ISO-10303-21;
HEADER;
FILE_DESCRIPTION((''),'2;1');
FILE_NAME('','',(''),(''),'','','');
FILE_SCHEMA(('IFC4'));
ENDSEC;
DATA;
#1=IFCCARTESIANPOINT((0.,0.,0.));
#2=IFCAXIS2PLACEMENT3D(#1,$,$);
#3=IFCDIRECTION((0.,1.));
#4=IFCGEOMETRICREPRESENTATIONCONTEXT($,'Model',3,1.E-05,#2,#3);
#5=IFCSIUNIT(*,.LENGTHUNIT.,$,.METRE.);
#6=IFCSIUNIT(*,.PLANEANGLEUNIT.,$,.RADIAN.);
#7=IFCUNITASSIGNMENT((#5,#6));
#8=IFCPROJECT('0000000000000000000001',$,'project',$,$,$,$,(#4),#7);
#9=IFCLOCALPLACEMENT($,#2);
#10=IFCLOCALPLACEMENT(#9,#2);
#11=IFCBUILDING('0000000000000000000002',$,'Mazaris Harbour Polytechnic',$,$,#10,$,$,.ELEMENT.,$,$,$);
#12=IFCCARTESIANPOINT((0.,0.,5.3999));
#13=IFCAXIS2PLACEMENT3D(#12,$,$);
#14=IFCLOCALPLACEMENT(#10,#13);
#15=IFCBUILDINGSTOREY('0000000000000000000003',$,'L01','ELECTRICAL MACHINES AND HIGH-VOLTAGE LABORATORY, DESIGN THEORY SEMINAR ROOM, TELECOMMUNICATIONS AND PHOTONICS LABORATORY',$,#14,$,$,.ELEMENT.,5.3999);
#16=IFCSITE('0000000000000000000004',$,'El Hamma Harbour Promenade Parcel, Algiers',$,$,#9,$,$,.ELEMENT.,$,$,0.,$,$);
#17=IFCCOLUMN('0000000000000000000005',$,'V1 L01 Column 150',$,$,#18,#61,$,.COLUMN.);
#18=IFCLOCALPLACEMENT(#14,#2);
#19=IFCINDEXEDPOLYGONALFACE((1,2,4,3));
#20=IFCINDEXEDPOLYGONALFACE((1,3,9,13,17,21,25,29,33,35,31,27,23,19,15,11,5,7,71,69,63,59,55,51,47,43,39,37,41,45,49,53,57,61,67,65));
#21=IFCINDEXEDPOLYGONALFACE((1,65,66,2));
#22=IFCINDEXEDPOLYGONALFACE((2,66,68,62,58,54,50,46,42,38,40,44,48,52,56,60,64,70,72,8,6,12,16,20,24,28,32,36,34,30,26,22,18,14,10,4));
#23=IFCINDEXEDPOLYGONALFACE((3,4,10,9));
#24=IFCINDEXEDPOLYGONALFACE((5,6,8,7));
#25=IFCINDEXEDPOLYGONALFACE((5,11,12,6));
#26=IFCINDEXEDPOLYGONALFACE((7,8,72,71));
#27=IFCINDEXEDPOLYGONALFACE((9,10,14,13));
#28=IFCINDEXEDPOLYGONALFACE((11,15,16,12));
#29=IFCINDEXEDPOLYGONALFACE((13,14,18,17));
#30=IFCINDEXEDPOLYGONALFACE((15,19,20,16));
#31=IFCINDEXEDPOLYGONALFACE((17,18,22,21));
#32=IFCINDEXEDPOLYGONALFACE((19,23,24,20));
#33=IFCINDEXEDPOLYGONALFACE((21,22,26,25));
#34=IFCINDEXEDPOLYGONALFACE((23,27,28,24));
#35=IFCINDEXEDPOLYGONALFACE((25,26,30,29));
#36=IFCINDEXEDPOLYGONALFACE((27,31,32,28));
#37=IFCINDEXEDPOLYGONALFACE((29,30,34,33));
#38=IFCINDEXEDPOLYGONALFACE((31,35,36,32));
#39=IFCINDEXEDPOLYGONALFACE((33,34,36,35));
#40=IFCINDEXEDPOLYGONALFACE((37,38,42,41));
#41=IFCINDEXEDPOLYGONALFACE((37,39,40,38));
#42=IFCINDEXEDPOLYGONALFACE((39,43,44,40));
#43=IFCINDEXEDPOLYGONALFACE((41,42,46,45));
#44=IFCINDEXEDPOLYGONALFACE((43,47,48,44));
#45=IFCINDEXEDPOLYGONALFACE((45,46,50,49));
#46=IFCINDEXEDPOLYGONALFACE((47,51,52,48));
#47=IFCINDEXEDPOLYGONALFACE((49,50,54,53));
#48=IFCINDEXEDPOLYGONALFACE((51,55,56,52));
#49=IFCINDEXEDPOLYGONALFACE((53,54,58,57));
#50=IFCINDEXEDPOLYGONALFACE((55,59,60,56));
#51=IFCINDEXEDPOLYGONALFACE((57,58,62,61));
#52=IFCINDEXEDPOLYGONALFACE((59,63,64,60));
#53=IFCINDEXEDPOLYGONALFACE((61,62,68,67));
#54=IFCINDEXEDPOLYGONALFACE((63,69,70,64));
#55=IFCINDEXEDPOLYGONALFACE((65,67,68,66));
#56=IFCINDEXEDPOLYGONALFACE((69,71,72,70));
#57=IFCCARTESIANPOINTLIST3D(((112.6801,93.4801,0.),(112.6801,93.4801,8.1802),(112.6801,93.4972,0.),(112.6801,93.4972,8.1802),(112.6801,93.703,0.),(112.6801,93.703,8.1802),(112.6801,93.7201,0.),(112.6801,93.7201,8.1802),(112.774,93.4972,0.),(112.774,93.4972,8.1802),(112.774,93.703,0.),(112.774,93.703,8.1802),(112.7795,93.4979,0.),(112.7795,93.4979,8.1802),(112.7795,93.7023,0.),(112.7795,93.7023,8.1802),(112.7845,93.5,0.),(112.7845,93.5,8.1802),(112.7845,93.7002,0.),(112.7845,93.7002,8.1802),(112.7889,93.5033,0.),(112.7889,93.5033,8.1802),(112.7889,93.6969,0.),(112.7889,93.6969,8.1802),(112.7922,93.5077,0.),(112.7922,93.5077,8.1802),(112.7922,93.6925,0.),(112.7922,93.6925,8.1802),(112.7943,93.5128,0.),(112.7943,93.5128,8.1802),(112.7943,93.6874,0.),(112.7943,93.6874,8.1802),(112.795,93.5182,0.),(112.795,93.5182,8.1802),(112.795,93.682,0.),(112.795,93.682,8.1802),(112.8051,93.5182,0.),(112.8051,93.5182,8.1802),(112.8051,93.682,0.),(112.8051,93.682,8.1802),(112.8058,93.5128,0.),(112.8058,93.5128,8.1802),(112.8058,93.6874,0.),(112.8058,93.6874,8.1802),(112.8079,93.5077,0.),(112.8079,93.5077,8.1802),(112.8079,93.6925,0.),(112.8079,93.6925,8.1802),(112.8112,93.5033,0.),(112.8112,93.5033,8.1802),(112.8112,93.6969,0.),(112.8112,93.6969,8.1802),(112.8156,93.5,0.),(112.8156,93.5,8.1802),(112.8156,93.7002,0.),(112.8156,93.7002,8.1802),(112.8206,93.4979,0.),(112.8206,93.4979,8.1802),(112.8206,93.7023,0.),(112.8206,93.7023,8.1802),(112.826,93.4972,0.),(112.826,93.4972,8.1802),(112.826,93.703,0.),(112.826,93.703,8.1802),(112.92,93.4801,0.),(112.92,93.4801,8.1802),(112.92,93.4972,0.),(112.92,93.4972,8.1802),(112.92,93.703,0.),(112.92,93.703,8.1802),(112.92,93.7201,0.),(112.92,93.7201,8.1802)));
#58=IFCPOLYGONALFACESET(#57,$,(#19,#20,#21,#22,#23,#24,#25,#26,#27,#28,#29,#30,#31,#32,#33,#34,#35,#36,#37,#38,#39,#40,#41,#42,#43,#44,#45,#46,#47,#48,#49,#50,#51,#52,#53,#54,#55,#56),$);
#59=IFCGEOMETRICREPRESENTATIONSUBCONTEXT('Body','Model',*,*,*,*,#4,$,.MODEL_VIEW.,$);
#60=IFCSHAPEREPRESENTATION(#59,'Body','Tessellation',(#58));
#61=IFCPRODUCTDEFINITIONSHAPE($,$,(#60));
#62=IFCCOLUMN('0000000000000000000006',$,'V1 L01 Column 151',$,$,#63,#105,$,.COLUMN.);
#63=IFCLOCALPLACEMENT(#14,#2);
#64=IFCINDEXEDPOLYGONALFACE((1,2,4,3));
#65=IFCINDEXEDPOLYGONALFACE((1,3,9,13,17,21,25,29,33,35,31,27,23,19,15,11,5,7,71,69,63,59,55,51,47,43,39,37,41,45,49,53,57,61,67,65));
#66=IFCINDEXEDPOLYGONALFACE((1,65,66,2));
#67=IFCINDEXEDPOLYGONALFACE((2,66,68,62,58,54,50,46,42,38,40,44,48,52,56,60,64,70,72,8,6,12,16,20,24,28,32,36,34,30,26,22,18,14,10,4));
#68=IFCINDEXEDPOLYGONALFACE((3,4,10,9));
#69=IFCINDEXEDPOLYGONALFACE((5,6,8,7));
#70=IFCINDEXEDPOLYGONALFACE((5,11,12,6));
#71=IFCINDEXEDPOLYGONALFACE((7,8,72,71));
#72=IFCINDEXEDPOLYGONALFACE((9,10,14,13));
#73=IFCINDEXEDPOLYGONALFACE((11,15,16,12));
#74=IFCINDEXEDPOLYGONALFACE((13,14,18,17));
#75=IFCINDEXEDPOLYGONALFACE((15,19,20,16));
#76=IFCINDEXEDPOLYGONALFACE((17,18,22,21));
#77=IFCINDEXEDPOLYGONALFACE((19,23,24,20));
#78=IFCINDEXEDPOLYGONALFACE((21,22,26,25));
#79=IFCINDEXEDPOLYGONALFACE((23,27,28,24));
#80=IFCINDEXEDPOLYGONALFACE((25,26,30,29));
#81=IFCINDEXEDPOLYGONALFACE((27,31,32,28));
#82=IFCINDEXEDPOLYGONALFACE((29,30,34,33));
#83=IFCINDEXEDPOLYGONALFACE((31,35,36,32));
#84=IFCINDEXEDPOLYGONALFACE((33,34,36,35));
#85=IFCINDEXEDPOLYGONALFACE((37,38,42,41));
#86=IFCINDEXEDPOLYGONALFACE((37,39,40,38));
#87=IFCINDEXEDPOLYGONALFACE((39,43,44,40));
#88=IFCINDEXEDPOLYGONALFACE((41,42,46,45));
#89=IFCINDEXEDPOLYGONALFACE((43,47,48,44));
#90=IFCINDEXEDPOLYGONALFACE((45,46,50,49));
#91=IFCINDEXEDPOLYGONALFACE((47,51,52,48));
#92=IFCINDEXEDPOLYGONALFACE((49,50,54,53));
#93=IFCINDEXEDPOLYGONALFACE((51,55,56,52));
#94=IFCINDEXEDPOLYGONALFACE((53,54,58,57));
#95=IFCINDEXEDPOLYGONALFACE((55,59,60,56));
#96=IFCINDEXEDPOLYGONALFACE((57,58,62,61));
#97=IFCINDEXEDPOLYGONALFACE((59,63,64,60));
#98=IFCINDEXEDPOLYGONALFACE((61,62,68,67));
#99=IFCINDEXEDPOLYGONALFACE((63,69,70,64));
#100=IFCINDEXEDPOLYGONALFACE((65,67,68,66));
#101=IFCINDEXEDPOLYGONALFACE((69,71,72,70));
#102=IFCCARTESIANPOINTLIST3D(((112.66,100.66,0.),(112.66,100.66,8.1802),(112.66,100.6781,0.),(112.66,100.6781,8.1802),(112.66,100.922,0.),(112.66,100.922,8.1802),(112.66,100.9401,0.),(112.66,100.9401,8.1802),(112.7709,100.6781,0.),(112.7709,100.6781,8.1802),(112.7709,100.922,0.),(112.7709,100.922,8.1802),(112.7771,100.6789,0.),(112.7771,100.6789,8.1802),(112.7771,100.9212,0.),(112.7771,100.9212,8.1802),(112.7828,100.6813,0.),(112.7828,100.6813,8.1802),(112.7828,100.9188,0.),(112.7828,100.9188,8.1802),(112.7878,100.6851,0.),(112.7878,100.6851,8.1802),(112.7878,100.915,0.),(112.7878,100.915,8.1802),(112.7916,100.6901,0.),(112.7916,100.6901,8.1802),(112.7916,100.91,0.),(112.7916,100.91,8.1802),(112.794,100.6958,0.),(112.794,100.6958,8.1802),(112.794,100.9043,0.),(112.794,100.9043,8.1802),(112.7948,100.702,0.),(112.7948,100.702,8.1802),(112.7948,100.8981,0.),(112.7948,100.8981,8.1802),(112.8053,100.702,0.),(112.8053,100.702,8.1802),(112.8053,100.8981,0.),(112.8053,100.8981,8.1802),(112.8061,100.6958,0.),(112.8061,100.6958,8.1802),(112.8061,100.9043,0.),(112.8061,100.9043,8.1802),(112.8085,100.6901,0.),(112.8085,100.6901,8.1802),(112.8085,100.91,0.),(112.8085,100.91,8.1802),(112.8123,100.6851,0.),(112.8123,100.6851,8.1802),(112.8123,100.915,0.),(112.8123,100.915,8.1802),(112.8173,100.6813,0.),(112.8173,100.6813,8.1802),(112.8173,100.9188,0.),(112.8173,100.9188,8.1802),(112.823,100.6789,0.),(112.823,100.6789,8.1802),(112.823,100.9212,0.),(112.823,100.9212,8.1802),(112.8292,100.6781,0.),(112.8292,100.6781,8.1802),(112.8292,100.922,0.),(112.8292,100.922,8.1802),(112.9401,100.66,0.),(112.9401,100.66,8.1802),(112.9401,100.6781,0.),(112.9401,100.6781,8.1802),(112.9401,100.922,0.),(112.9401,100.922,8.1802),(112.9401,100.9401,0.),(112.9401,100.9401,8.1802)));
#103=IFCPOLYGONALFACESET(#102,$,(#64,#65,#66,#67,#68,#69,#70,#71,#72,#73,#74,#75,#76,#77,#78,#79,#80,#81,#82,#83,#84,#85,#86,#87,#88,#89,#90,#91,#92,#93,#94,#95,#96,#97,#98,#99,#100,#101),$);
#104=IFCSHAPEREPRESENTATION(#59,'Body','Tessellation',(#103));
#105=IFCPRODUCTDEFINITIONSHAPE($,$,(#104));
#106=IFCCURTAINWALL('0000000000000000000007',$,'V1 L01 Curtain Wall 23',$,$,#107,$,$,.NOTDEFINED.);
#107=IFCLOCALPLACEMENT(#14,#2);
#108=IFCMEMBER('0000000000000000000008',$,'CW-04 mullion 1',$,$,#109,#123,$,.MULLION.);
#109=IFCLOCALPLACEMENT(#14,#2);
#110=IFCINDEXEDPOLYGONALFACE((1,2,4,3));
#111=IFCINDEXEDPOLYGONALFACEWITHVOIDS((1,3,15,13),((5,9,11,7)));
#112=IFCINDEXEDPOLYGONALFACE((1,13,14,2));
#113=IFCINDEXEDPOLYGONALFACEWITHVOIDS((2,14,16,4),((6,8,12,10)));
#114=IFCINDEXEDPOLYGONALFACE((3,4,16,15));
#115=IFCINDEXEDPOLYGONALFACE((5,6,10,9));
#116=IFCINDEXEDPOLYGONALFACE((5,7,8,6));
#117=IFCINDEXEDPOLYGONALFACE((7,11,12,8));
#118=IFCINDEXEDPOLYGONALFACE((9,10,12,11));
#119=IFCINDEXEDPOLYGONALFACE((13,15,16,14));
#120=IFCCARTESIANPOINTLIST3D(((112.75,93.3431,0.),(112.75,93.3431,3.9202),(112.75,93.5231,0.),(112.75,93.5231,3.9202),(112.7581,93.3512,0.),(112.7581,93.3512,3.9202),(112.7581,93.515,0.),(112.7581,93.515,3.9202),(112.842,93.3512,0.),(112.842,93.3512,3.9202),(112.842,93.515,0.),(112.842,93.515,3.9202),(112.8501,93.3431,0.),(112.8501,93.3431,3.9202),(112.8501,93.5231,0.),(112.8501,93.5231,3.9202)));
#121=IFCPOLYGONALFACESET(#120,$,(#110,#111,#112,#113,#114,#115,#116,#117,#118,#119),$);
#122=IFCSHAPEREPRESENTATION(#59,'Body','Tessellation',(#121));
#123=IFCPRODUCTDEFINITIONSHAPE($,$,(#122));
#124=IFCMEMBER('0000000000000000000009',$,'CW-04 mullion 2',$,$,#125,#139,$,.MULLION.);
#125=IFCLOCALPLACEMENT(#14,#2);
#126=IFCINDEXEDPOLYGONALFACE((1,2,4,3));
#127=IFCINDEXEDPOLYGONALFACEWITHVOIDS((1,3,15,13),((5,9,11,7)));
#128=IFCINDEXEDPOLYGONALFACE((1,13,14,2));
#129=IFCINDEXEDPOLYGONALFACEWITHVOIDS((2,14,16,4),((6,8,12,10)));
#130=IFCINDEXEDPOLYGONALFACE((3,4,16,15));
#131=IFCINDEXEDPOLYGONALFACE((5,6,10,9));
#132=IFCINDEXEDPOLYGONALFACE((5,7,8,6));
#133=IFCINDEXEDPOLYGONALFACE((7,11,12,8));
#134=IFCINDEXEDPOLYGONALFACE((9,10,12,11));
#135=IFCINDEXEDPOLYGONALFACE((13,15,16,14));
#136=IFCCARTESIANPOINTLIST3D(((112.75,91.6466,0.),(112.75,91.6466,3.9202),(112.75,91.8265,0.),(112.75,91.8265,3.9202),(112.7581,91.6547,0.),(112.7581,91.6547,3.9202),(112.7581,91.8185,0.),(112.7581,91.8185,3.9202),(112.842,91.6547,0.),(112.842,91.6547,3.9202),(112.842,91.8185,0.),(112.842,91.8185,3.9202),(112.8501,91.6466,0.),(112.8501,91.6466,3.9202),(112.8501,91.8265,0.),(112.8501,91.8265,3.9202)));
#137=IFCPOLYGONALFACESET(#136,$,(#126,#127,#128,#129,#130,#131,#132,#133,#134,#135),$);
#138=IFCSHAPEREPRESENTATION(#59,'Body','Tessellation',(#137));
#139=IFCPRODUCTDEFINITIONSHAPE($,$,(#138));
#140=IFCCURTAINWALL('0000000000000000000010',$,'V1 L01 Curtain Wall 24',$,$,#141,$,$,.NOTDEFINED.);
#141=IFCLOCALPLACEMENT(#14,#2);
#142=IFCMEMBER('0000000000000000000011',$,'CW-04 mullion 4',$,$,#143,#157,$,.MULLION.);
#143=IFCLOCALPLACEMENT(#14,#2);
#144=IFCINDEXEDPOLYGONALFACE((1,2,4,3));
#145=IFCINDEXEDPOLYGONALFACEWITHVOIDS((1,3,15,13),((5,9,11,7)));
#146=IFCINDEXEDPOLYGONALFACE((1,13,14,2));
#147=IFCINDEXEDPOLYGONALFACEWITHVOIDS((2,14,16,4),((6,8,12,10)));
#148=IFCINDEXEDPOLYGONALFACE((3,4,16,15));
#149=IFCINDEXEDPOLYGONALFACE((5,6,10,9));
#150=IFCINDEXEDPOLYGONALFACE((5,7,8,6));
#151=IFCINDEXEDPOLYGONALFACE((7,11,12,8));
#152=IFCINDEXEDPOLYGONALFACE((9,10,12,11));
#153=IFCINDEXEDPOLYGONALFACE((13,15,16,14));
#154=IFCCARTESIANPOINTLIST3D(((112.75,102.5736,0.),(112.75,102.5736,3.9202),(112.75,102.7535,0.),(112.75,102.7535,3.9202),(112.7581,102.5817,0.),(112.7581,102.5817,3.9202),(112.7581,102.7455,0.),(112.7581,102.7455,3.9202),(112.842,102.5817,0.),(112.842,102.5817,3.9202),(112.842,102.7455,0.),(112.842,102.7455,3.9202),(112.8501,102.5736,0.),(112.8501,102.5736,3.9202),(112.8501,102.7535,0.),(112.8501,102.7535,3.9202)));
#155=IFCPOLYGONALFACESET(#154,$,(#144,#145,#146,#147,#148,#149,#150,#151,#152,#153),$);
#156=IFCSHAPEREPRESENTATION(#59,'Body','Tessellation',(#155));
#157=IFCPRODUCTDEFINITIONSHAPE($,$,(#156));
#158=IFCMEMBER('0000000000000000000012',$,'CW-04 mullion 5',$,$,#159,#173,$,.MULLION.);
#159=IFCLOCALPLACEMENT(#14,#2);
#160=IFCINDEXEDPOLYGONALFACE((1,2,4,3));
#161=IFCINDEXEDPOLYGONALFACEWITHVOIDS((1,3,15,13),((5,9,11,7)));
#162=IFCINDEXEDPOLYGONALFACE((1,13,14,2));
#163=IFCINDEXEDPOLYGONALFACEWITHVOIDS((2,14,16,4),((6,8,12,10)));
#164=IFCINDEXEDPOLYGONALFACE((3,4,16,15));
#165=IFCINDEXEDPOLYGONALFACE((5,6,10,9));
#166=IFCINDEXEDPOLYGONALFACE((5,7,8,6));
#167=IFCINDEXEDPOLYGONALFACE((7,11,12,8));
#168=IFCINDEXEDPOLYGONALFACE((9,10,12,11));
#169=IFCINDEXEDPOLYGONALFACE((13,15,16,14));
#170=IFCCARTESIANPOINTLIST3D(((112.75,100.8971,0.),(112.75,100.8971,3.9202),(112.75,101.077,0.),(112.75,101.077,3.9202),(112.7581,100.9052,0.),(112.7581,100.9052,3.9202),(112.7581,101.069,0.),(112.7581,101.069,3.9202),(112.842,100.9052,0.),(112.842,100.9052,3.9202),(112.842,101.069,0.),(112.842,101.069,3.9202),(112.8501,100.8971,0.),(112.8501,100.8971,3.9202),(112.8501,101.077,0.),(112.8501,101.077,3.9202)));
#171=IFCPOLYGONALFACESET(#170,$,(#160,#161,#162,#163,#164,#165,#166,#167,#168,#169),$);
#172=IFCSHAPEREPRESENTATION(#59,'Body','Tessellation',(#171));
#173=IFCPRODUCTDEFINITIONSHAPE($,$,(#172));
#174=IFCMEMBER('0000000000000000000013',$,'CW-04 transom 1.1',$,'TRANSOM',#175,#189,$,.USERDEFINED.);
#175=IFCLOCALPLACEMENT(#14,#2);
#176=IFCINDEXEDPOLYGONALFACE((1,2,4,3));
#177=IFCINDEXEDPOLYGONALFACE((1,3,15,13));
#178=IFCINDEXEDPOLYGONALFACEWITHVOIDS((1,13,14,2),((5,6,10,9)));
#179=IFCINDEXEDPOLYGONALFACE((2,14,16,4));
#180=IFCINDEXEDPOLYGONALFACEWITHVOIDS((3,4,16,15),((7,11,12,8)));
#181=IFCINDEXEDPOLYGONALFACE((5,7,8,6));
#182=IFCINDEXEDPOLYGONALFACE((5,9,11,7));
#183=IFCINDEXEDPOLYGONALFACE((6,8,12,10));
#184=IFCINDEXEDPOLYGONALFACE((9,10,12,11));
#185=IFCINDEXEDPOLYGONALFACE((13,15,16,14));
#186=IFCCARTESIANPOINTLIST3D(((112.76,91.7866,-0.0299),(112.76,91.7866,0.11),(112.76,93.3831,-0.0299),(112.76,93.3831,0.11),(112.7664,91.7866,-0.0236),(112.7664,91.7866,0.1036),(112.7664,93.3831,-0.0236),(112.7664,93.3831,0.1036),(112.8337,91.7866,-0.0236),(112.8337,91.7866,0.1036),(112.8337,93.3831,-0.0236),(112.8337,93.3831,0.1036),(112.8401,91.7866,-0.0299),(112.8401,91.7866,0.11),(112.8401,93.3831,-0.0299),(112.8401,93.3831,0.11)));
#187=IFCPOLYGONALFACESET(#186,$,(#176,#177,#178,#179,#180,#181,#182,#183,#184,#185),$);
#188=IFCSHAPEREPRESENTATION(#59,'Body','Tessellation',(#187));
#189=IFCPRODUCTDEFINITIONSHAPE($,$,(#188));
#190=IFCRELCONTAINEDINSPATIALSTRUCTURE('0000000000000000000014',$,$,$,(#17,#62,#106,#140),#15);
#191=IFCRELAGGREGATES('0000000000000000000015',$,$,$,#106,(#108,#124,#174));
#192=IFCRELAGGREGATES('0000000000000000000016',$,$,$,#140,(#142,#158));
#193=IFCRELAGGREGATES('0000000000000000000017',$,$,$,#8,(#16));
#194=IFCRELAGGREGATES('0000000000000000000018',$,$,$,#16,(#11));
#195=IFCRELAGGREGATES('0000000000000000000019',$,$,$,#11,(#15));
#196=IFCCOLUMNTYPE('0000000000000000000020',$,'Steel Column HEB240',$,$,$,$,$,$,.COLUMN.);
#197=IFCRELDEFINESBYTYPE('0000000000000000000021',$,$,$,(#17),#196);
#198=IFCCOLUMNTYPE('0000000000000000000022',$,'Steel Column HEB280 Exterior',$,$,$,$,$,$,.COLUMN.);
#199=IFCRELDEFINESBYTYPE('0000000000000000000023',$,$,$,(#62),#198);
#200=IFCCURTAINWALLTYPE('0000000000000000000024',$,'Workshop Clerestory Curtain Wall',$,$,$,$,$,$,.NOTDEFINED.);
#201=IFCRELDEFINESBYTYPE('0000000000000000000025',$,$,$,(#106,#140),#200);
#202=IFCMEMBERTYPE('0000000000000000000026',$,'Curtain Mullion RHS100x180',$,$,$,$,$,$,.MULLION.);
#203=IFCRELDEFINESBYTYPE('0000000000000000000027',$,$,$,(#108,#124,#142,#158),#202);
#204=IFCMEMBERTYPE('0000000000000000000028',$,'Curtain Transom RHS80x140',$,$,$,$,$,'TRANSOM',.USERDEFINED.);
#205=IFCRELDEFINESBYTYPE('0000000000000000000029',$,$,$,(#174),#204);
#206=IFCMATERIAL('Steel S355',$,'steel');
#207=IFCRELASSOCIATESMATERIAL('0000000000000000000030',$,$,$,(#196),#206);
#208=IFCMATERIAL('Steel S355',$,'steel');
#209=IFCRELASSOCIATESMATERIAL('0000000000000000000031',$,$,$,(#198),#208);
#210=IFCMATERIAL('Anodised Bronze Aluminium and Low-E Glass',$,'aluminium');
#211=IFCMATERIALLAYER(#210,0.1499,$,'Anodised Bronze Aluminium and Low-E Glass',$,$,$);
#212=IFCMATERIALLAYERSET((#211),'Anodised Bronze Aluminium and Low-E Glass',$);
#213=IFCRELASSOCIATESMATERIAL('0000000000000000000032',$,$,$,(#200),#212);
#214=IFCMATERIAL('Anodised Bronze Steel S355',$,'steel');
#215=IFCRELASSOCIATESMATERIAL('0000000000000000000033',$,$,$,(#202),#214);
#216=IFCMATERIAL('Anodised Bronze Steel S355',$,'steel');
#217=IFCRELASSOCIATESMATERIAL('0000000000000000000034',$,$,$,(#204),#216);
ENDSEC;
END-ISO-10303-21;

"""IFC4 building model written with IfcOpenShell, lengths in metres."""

from ifc_helpers import new_model, si_unit, direction, frame, origin, origin_2d, place, context, subcontext, project, spatial, hollow_rectangle, i_section, extrude, material, layer, layer_set, material_profile, profile_set, type_object, element, aggregate, save


model = new_model("IFC4")

# Units and contexts
model_context = context("Model", 3, precision=1e-05, world=origin(), true_north=direction((0.0, 1.0)))
body_context = subcontext(model_context, "Body", "Model", "MODEL_VIEW")
ifc_project = project(units=[si_unit("LENGTHUNIT", "METRE"), si_unit("PLANEANGLEUNIT", "RADIAN")], contexts=[model_context])

# Site, building, storey
site_placement = place(None, origin())
site = spatial("IfcSite", under=ifc_project, at=site_placement, Name="El Hamma Harbour Promenade Parcel, Algiers", CompositionType="ELEMENT", RefElevation=0.0)
building_placement = place(site_placement, origin())
building = spatial("IfcBuilding", under=site, at=building_placement, Name="Mazaris Harbour Polytechnic", CompositionType="ELEMENT")
storey_placement = place(building_placement, frame((0.0, 0.0, 5.3999)))
storey = spatial("IfcBuildingStorey", under=building, at=storey_placement, Name="L01", Description="ELECTRICAL MACHINES AND HIGH-VOLTAGE LABORATORY, DESIGN THEORY SEMINAR ROOM, TELECOMMUNICATIONS AND PHOTONICS LABORATORY", CompositionType="ELEMENT", Elevation=5.3999)

# Columns
ifc_material_1 = material(Name="Steel S355", Category="steel")
ifc_material_profile_1 = material_profile(ifc_material_1, i_section(OverallWidth=0.24, OverallDepth=0.24, WebThickness=0.01, FlangeThickness=0.0171, FilletRadius=0.021, at=origin_2d()), Name="HEB 240")
ifc_profile_set_1 = profile_set([ifc_material_profile_1], Name="Steel S355")
column_type_1 = type_object("IfcColumnType", Name="Steel Column HEB240", PredefinedType="COLUMN", material=ifc_profile_set_1)
column_1_placement = place(storey_placement, frame((112.8, 93.6001, 0.0), z_axis=(0.0, 0.0, 1.0), x_axis=(1.0, 0.0, 0.0)))
element("IfcColumn", 1, at=column_1_placement, inside=storey, type_object=column_type_1, Name="V1 L01 Column 150", PredefinedType="COLUMN", context=body_context, shape_type="SweptSolid", body=[
    extrude(i_section(OverallWidth=0.24, OverallDepth=0.24, WebThickness=0.01, FlangeThickness=0.0171, FilletRadius=0.021, at=origin_2d()), origin(), (0.0, 0.0, 1.0), 8.1802),
])
ifc_material_2 = material(Name="Steel S355", Category="steel")
ifc_material_profile_2 = material_profile(ifc_material_2, i_section(OverallWidth=0.28, OverallDepth=0.28, WebThickness=0.0105, FlangeThickness=0.0181, FilletRadius=0.0239, at=origin_2d()), Name="HEB 280")
ifc_profile_set_2 = profile_set([ifc_material_profile_2], Name="Steel S355")
column_type_2 = type_object("IfcColumnType", Name="Steel Column HEB280 Exterior", PredefinedType="COLUMN", material=ifc_profile_set_2)
column_2_placement = place(storey_placement, frame((112.8, 100.8, 0.0), z_axis=(0.0, 0.0, 1.0), x_axis=(1.0, 0.0, 0.0)))
element("IfcColumn", 2, at=column_2_placement, inside=storey, type_object=column_type_2, Name="V1 L01 Column 151", PredefinedType="COLUMN", context=body_context, shape_type="SweptSolid", body=[
    extrude(i_section(OverallWidth=0.28, OverallDepth=0.28, WebThickness=0.0105, FlangeThickness=0.0181, FilletRadius=0.0239, at=origin_2d()), origin(), (0.0, 0.0, 1.0), 8.1802),
])

# Curtain walls, members
ifc_material_3 = material(Name="Anodised Bronze Aluminium and Low-E Glass", Category="aluminium")
ifc_layer_1 = layer(ifc_material_3, 0.1499, Name="Anodised Bronze Aluminium and Low-E Glass")
ifc_layer_set_1 = layer_set([ifc_layer_1], Name="Anodised Bronze Aluminium and Low-E Glass")
curtain_wall_type = type_object("IfcCurtainWallType", Name="Workshop Clerestory Curtain Wall", PredefinedType="NOTDEFINED", material=ifc_layer_set_1)
curtain_wall_1_placement = place(storey_placement, origin())
curtain_wall_1 = element("IfcCurtainWall", 3, at=curtain_wall_1_placement, inside=storey, type_object=curtain_wall_type, Name="V1 L01 Curtain Wall 23", PredefinedType="NOTDEFINED")
ifc_material_4 = material(Name="Anodised Bronze Steel S355", Category="steel")
ifc_material_profile_3 = material_profile(ifc_material_4, hollow_rectangle(XDim=0.1001, YDim=0.1799, WallThickness=0.0081, at=origin_2d()), Name="RHS 100x180x8.0")
ifc_profile_set_3 = profile_set([ifc_material_profile_3], Name="Anodised Bronze Steel S355")
member_type_1 = type_object("IfcMemberType", Name="Curtain Mullion RHS100x180", PredefinedType="MULLION", material=ifc_profile_set_3)
member_1_placement = place(storey_placement, frame((112.8, 93.4331, 0.0), z_axis=(0.0, 0.0, 1.0), x_axis=(1.0, 0.0, 0.0)))
member_1 = element("IfcMember", 4, at=member_1_placement, type_object=member_type_1, Name="CW-04 mullion 1", PredefinedType="MULLION", context=body_context, shape_type="SweptSolid", body=[
    extrude(hollow_rectangle(XDim=0.1001, YDim=0.1799, WallThickness=0.0081, at=origin_2d()), origin(), (0.0, 0.0, 1.0), 3.9202),
])
member_2_placement = place(storey_placement, frame((112.8, 91.7366, 0.0), z_axis=(0.0, 0.0, 1.0), x_axis=(1.0, 0.0, 0.0)))
member_2 = element("IfcMember", 5, at=member_2_placement, type_object=member_type_1, Name="CW-04 mullion 2", PredefinedType="MULLION", context=body_context, shape_type="SweptSolid", body=[
    extrude(hollow_rectangle(XDim=0.1001, YDim=0.1799, WallThickness=0.0081, at=origin_2d()), origin(), (0.0, 0.0, 1.0), 3.9202),
])
curtain_wall_2_placement = place(storey_placement, origin())
curtain_wall_2 = element("IfcCurtainWall", 6, at=curtain_wall_2_placement, inside=storey, type_object=curtain_wall_type, Name="V1 L01 Curtain Wall 24", PredefinedType="NOTDEFINED")
member_3_placement = place(storey_placement, frame((112.8, 102.6636, 0.0), z_axis=(0.0, 0.0, 1.0), x_axis=(1.0, 0.0, 0.0)))
member_3 = element("IfcMember", 7, at=member_3_placement, type_object=member_type_1, Name="CW-04 mullion 4", PredefinedType="MULLION", context=body_context, shape_type="SweptSolid", body=[
    extrude(hollow_rectangle(XDim=0.1001, YDim=0.1799, WallThickness=0.0081, at=origin_2d()), origin(), (0.0, 0.0, 1.0), 3.9202),
])
member_4_placement = place(storey_placement, frame((112.8, 100.9871, 0.0), z_axis=(0.0, 0.0, 1.0), x_axis=(1.0, 0.0, 0.0)))
member_4 = element("IfcMember", 8, at=member_4_placement, type_object=member_type_1, Name="CW-04 mullion 5", PredefinedType="MULLION", context=body_context, shape_type="SweptSolid", body=[
    extrude(hollow_rectangle(XDim=0.1001, YDim=0.1799, WallThickness=0.0081, at=origin_2d()), origin(), (0.0, 0.0, 1.0), 3.9202),
])

# Member
ifc_material_5 = material(Name="Anodised Bronze Steel S355", Category="steel")
ifc_material_profile_4 = material_profile(ifc_material_5, hollow_rectangle(XDim=0.0801, YDim=0.1399, WallThickness=0.0063, at=origin_2d()), Name="RHS 80x140x6.3")
ifc_profile_set_4 = profile_set([ifc_material_profile_4], Name="Anodised Bronze Steel S355")
member_type_2 = type_object("IfcMemberType", Name="Curtain Transom RHS80x140", ElementType="TRANSOM", PredefinedType="USERDEFINED", material=ifc_profile_set_4)
member_5_placement = place(storey_placement, frame((112.8, 93.3831, 0.04), z_axis=(0.0, -1.0, 0.0), x_axis=(1.0, 0.0, 0.0)))
member_5 = element("IfcMember", 9, at=member_5_placement, type_object=member_type_2, Name="CW-04 transom 1.1", ObjectType="TRANSOM", PredefinedType="USERDEFINED", context=body_context, shape_type="SweptSolid", body=[
    extrude(hollow_rectangle(XDim=0.0801, YDim=0.1399, WallThickness=0.0063, at=origin_2d()), origin(), (0.0, 0.0, 1.0), 1.5964),
])

aggregate(curtain_wall_1, [member_1, member_2, member_5])
aggregate(curtain_wall_2, [member_3, member_4])

save(model, "model.ifc")
